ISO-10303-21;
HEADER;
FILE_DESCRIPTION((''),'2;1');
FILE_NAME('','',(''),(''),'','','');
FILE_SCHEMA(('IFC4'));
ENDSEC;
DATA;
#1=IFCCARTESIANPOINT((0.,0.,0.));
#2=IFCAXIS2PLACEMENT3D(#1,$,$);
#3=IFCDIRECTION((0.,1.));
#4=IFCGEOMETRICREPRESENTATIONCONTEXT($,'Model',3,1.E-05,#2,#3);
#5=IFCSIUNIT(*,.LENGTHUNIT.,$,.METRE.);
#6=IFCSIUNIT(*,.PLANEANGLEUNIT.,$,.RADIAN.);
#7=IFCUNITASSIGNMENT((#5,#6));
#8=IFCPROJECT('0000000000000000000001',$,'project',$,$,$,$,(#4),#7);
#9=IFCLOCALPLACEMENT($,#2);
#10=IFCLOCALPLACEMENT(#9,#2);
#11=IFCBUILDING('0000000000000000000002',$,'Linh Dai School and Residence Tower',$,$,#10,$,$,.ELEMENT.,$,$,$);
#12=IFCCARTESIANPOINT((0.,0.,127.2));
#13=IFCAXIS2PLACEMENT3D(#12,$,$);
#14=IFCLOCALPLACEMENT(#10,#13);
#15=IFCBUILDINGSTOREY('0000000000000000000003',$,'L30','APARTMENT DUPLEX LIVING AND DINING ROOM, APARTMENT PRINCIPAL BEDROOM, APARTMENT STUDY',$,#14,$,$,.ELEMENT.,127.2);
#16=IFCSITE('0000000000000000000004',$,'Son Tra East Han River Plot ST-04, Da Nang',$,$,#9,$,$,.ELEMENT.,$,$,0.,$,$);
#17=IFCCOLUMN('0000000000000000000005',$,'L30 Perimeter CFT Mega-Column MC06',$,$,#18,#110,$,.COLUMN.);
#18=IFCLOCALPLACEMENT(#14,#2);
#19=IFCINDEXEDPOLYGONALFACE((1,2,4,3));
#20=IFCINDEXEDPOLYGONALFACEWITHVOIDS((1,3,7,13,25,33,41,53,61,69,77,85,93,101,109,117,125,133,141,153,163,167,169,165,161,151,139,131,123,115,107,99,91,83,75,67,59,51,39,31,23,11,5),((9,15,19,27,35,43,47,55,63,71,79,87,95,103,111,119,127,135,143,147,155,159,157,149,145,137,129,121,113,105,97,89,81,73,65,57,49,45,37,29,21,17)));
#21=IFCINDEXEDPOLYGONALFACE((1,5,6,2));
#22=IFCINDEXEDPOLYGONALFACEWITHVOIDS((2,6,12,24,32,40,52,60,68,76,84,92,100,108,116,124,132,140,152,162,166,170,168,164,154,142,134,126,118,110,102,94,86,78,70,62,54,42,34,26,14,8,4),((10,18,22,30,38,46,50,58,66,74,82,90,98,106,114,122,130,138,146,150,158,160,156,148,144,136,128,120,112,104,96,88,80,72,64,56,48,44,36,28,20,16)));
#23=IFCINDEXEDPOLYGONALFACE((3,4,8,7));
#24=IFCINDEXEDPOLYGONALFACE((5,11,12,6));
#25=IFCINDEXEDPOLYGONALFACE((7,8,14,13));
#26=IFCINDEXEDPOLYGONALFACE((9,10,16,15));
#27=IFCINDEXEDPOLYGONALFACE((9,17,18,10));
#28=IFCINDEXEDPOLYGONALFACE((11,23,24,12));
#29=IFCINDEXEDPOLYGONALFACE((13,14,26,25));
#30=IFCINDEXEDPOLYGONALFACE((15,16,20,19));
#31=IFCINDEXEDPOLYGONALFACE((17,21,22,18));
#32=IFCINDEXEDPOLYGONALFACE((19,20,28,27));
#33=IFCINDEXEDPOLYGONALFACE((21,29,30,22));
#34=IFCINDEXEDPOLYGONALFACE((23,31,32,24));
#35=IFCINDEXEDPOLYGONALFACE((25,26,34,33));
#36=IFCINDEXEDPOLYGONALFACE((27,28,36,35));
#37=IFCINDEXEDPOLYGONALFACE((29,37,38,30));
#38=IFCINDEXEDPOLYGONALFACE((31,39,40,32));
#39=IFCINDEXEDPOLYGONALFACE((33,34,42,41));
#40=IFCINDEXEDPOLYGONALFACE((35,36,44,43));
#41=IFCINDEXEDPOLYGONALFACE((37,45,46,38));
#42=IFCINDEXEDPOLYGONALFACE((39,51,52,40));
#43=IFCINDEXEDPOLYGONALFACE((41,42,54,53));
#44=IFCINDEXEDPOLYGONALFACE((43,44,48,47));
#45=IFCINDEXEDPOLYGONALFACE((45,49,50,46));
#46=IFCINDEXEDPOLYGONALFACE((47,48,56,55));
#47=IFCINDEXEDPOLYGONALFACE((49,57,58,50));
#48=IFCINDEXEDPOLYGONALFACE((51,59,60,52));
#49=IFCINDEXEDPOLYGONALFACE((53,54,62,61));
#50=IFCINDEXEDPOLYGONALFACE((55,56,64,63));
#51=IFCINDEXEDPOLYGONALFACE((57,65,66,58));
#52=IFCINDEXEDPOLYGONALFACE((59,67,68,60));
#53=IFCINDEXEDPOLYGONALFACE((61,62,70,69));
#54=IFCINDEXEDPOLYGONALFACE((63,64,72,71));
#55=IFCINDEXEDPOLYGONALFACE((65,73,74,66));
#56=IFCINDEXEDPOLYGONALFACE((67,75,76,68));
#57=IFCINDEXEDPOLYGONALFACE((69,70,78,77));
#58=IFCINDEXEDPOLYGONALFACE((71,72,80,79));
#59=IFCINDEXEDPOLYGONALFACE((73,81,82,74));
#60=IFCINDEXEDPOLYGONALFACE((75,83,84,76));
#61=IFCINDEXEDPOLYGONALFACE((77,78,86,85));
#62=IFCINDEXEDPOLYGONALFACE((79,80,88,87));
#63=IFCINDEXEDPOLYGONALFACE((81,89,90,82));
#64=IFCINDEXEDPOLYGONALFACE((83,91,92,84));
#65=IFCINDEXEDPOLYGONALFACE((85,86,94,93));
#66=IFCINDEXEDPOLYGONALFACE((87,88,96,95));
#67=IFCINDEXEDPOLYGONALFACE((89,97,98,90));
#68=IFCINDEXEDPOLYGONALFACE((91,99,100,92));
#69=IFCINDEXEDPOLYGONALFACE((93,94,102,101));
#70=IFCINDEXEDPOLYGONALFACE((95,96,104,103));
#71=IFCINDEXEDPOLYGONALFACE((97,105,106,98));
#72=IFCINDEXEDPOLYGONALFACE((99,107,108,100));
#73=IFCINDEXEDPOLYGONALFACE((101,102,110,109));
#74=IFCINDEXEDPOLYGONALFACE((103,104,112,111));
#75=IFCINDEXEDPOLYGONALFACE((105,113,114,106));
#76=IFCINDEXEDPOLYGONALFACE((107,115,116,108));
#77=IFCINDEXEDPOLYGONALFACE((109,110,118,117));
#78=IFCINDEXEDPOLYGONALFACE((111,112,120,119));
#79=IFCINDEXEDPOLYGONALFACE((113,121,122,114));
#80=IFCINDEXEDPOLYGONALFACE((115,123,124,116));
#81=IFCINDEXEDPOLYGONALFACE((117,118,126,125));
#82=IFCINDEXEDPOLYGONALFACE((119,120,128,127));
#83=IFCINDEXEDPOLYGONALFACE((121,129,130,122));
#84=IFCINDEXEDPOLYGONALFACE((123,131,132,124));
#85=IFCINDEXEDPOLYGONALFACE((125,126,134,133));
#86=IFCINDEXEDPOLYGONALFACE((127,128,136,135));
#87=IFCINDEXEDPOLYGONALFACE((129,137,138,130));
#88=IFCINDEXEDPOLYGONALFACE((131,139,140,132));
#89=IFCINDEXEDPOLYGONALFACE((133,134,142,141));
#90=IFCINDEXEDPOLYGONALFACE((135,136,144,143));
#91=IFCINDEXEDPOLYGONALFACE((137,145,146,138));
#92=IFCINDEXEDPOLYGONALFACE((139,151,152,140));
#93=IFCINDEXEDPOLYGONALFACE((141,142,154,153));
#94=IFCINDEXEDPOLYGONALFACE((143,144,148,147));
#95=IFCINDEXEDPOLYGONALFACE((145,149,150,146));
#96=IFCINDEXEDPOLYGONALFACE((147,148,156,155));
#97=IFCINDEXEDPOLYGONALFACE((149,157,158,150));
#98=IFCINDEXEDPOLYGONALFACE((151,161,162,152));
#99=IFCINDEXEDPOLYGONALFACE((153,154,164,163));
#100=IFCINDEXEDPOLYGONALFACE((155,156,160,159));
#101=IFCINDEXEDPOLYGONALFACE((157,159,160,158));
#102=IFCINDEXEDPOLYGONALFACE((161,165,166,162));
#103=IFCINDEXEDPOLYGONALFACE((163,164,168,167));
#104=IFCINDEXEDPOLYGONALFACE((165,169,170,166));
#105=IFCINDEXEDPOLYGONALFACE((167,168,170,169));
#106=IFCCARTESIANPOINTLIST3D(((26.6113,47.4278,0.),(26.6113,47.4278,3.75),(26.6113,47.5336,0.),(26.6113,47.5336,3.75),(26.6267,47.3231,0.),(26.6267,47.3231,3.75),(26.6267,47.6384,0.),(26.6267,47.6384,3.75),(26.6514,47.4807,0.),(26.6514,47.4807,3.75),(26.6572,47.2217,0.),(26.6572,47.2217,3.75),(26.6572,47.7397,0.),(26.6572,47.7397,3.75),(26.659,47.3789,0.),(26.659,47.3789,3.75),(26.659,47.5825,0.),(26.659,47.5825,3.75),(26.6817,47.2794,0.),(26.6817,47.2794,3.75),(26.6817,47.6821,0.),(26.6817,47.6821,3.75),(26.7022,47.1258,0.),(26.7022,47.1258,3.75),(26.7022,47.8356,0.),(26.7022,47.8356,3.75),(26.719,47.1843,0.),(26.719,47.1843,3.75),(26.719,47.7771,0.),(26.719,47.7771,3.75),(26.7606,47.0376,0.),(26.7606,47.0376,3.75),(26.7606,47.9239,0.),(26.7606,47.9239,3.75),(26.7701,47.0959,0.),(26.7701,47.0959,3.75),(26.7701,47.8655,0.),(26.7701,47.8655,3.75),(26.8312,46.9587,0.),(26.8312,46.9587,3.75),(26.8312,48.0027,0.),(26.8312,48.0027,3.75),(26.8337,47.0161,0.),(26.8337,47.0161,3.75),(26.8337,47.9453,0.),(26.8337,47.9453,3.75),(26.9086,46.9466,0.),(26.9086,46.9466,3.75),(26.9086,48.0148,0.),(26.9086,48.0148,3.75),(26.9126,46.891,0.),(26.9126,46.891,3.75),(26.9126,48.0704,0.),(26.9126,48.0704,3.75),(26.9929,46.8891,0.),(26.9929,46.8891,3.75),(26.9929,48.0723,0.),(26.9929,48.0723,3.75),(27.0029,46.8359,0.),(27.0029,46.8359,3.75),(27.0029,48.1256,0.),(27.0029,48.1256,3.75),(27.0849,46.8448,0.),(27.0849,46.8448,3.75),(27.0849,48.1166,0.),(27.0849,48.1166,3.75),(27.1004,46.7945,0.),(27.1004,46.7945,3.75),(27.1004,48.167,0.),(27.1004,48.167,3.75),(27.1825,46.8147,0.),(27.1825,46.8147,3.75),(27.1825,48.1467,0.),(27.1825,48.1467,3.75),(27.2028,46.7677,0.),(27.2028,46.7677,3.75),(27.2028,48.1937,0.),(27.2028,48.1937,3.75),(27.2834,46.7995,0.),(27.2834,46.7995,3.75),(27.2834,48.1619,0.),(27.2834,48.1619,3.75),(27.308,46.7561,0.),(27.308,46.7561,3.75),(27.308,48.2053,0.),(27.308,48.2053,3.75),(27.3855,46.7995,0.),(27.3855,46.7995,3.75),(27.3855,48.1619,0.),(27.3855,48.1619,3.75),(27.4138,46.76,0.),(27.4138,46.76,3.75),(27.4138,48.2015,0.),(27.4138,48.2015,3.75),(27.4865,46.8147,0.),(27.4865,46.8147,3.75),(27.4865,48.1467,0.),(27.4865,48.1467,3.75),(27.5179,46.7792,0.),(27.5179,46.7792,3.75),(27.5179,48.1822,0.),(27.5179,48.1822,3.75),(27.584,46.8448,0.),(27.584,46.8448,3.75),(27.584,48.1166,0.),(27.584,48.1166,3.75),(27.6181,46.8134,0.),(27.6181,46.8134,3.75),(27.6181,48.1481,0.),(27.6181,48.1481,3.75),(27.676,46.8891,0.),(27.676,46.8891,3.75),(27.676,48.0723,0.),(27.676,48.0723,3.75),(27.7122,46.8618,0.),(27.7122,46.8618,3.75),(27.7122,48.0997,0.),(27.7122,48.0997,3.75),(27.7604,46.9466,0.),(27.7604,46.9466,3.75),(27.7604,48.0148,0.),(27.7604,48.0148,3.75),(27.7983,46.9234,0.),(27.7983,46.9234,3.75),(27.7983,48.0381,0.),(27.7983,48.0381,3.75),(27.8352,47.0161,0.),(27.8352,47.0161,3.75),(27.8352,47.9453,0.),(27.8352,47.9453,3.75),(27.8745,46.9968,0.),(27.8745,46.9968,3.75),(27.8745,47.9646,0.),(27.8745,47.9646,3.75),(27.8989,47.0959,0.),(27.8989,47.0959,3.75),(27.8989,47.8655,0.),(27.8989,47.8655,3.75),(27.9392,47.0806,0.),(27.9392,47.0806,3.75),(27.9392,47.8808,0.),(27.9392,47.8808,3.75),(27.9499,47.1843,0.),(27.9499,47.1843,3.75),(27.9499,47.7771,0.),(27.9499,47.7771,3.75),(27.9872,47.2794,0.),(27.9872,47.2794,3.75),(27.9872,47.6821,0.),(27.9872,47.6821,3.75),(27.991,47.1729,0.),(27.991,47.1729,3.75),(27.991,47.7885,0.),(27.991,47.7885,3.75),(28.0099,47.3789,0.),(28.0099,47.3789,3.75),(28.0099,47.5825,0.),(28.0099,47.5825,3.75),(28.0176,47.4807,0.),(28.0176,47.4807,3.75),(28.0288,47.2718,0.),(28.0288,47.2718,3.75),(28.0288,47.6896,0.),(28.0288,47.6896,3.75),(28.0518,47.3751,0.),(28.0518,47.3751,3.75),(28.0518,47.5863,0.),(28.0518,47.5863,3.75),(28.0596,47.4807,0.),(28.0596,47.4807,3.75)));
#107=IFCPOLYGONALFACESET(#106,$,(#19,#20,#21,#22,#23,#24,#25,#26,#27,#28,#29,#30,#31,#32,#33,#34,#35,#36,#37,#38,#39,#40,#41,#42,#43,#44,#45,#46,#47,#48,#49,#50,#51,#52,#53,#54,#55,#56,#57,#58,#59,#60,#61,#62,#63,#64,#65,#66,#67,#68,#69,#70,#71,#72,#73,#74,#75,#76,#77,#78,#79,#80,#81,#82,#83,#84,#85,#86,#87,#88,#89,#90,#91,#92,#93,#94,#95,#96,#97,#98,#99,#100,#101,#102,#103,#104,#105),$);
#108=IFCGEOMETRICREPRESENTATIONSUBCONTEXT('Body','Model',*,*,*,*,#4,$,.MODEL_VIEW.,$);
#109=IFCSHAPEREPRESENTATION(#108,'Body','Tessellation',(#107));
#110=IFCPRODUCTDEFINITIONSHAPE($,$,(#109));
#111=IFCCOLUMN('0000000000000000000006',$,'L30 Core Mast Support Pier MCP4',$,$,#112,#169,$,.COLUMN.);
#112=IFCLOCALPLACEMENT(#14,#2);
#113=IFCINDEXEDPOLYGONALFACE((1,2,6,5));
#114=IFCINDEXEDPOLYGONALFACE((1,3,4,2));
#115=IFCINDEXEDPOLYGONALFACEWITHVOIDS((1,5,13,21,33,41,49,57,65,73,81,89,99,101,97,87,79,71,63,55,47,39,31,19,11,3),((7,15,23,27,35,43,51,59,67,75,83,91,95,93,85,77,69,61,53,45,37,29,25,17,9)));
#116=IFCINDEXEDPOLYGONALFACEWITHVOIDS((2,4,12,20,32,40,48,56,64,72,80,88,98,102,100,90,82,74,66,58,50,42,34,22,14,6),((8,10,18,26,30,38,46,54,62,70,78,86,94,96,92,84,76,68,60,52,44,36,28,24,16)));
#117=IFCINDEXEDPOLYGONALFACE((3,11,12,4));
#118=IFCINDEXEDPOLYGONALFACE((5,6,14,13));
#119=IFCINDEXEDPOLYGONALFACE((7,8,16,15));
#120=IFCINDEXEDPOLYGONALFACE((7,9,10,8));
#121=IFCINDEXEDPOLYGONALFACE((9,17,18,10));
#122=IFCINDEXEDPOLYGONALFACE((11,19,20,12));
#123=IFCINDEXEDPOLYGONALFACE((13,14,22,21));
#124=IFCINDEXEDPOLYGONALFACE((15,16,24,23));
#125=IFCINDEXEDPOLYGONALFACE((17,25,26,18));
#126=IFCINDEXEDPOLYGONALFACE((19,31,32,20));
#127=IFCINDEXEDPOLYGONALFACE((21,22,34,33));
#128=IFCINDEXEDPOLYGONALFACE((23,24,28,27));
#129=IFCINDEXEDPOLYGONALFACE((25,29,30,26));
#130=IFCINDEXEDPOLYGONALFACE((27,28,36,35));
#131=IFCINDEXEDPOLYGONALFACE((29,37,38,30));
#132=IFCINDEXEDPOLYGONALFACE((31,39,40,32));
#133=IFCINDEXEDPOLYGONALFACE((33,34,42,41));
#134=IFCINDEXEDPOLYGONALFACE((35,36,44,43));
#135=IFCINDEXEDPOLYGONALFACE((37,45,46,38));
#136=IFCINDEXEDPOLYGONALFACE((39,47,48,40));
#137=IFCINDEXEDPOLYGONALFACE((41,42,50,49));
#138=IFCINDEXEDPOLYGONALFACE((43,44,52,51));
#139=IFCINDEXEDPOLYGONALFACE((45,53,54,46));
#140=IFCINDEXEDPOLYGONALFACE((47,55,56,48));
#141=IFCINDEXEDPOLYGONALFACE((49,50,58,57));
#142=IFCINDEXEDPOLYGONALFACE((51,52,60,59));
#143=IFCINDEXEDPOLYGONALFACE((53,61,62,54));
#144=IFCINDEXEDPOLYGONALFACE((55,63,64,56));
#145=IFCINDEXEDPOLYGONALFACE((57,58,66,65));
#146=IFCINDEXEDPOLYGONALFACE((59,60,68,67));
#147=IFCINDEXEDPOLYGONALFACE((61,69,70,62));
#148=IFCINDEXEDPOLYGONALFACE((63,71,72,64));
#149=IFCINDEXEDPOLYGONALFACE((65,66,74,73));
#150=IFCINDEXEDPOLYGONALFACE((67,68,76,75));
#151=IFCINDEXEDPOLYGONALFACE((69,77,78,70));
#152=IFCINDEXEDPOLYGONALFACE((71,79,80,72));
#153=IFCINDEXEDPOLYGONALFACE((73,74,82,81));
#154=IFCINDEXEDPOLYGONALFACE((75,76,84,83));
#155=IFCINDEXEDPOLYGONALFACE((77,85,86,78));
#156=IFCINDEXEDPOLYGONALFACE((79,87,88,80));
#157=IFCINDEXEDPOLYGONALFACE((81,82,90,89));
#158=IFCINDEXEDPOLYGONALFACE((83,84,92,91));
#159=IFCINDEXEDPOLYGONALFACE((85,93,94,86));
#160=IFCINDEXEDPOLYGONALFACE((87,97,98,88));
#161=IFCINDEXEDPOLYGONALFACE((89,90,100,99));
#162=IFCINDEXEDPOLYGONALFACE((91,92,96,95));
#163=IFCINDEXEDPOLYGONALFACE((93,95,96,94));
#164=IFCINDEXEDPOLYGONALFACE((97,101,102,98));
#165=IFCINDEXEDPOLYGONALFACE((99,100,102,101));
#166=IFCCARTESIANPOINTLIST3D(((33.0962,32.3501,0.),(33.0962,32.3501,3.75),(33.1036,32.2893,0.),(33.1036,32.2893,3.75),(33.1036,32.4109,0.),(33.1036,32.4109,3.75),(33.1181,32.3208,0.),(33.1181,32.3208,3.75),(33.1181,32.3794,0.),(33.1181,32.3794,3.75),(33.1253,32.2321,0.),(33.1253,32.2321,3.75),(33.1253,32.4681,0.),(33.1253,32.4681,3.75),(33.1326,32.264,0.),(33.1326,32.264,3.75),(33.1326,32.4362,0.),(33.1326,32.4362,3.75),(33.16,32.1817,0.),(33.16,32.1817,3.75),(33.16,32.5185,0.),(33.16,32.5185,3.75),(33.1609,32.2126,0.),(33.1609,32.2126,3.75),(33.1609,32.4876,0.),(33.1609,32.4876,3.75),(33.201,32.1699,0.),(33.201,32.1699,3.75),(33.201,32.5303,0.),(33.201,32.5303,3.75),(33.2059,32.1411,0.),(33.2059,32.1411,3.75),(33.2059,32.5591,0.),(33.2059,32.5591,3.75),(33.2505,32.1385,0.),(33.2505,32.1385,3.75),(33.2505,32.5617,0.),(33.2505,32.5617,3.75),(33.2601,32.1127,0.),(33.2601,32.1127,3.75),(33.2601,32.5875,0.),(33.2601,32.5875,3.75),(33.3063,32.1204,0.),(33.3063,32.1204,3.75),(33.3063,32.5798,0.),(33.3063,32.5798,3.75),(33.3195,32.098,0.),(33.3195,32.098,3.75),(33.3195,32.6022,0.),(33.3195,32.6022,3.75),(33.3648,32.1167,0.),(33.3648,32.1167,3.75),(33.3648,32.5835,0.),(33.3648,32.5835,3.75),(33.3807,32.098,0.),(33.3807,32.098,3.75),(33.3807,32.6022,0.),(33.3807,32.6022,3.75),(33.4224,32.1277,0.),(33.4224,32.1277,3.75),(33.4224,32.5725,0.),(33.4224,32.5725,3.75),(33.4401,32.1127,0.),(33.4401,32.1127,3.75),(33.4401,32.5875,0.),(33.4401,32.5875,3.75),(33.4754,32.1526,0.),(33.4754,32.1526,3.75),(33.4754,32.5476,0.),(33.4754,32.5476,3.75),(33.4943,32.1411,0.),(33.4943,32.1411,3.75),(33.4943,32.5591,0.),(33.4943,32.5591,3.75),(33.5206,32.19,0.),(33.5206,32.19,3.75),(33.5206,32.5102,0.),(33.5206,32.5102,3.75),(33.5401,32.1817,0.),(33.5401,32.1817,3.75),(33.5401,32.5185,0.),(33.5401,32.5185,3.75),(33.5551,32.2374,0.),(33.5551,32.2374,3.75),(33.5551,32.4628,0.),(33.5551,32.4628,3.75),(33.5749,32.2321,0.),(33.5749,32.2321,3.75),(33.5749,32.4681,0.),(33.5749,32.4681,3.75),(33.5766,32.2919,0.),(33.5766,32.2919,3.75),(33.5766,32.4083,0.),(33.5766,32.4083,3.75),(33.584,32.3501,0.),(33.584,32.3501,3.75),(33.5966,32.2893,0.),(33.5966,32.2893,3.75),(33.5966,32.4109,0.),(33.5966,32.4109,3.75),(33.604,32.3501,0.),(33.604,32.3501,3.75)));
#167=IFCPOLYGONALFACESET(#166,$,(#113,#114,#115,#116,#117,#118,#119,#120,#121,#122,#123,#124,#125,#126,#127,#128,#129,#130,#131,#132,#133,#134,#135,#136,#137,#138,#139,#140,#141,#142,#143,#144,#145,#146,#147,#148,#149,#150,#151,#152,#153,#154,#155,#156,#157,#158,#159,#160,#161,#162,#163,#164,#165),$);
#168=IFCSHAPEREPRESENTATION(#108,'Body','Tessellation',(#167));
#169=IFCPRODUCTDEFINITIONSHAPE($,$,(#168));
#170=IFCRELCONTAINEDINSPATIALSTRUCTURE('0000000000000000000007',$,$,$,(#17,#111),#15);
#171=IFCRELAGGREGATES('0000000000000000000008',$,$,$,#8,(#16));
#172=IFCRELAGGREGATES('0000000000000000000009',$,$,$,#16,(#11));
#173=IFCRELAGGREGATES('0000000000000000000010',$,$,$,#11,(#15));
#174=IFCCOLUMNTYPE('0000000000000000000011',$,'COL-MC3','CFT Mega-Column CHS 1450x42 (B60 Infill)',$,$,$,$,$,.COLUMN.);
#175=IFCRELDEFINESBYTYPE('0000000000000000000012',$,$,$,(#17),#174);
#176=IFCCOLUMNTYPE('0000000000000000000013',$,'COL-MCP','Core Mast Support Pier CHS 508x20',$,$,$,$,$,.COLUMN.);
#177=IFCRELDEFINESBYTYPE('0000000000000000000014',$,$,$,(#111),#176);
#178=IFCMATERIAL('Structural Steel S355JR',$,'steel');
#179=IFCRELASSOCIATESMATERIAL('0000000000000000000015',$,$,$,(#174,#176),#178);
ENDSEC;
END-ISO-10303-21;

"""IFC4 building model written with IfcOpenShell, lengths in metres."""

from ifc_helpers import new_model, si_unit, direction, frame, origin, origin_2d, place, context, subcontext, project, spatial, hollow_circle, extrude, material, material_profile, profile_set, type_object, element, save


model = new_model("IFC4")

# Units and contexts
model_context = context("Model", 3, precision=1e-05, world=origin(), true_north=direction((0.0, 1.0)))
body_context = subcontext(model_context, "Body", "Model", "MODEL_VIEW")
ifc_project = project(units=[si_unit("LENGTHUNIT", "METRE"), si_unit("PLANEANGLEUNIT", "RADIAN")], contexts=[model_context])

# Site, building, storey
site_placement = place(None, origin())
site = spatial("IfcSite", under=ifc_project, at=site_placement, Name="Son Tra East Han River Plot ST-04, Da Nang", CompositionType="ELEMENT", RefElevation=0.0)
building_placement = place(site_placement, origin())
building = spatial("IfcBuilding", under=site, at=building_placement, Name="Linh Dai School and Residence Tower", CompositionType="ELEMENT")
storey_placement = place(building_placement, frame((0.0, 0.0, 127.2)))
storey = spatial("IfcBuildingStorey", under=building, at=storey_placement, Name="L30", Description="APARTMENT DUPLEX LIVING AND DINING ROOM, APARTMENT PRINCIPAL BEDROOM, APARTMENT STUDY", CompositionType="ELEMENT", Elevation=127.2)

# Columns
ifc_material_1 = material(Name="Structural Steel S355JR", Category="steel")
ifc_material_profile_1 = material_profile(ifc_material_1, hollow_circle(Radius=0.7251, WallThickness=0.042, at=origin_2d()), Name="CHS 1450x42")
ifc_profile_set_1 = profile_set([ifc_material_profile_1], Name="Structural Steel S355JR")
column_type_1 = type_object("IfcColumnType", Name="COL-MC3", Description="CFT Mega-Column CHS 1450x42 (B60 Infill)", PredefinedType="COLUMN", material=ifc_profile_set_1)
column_1_placement = place(storey_placement, frame((27.3345, 47.4807, 0.0), z_axis=(0.0, 0.0, 1.0), x_axis=(1.0, 0.0, 0.0)))
element("IfcColumn", 1, at=column_1_placement, inside=storey, type_object=column_type_1, Name="L30 Perimeter CFT Mega-Column MC06", PredefinedType="COLUMN", context=body_context, shape_type="SweptSolid", body=[
    extrude(hollow_circle(Radius=0.7251, WallThickness=0.042, at=origin_2d()), origin(), (0.0, 0.0, 1.0), 3.75),
])
ifc_material_profile_2 = material_profile(ifc_material_1, hollow_circle(Radius=0.2539, WallThickness=0.02, at=origin_2d()), Name="CHS 508x20")
ifc_profile_set_2 = profile_set([ifc_material_profile_2], Name="Structural Steel S355JR")
column_type_2 = type_object("IfcColumnType", Name="COL-MCP", Description="Core Mast Support Pier CHS 508x20", PredefinedType="COLUMN", material=ifc_profile_set_2)
column_2_placement = place(storey_placement, frame((33.3501, 32.3501, 0.0), z_axis=(0.0, 0.0, 1.0), x_axis=(1.0, 0.0, 0.0)))
element("IfcColumn", 2, at=column_2_placement, inside=storey, type_object=column_type_2, Name="L30 Core Mast Support Pier MCP4", PredefinedType="COLUMN", context=body_context, shape_type="SweptSolid", body=[
    extrude(hollow_circle(Radius=0.2539, WallThickness=0.02, at=origin_2d()), origin(), (0.0, 0.0, 1.0), 3.75),
])

save(model, "model.ifc")
